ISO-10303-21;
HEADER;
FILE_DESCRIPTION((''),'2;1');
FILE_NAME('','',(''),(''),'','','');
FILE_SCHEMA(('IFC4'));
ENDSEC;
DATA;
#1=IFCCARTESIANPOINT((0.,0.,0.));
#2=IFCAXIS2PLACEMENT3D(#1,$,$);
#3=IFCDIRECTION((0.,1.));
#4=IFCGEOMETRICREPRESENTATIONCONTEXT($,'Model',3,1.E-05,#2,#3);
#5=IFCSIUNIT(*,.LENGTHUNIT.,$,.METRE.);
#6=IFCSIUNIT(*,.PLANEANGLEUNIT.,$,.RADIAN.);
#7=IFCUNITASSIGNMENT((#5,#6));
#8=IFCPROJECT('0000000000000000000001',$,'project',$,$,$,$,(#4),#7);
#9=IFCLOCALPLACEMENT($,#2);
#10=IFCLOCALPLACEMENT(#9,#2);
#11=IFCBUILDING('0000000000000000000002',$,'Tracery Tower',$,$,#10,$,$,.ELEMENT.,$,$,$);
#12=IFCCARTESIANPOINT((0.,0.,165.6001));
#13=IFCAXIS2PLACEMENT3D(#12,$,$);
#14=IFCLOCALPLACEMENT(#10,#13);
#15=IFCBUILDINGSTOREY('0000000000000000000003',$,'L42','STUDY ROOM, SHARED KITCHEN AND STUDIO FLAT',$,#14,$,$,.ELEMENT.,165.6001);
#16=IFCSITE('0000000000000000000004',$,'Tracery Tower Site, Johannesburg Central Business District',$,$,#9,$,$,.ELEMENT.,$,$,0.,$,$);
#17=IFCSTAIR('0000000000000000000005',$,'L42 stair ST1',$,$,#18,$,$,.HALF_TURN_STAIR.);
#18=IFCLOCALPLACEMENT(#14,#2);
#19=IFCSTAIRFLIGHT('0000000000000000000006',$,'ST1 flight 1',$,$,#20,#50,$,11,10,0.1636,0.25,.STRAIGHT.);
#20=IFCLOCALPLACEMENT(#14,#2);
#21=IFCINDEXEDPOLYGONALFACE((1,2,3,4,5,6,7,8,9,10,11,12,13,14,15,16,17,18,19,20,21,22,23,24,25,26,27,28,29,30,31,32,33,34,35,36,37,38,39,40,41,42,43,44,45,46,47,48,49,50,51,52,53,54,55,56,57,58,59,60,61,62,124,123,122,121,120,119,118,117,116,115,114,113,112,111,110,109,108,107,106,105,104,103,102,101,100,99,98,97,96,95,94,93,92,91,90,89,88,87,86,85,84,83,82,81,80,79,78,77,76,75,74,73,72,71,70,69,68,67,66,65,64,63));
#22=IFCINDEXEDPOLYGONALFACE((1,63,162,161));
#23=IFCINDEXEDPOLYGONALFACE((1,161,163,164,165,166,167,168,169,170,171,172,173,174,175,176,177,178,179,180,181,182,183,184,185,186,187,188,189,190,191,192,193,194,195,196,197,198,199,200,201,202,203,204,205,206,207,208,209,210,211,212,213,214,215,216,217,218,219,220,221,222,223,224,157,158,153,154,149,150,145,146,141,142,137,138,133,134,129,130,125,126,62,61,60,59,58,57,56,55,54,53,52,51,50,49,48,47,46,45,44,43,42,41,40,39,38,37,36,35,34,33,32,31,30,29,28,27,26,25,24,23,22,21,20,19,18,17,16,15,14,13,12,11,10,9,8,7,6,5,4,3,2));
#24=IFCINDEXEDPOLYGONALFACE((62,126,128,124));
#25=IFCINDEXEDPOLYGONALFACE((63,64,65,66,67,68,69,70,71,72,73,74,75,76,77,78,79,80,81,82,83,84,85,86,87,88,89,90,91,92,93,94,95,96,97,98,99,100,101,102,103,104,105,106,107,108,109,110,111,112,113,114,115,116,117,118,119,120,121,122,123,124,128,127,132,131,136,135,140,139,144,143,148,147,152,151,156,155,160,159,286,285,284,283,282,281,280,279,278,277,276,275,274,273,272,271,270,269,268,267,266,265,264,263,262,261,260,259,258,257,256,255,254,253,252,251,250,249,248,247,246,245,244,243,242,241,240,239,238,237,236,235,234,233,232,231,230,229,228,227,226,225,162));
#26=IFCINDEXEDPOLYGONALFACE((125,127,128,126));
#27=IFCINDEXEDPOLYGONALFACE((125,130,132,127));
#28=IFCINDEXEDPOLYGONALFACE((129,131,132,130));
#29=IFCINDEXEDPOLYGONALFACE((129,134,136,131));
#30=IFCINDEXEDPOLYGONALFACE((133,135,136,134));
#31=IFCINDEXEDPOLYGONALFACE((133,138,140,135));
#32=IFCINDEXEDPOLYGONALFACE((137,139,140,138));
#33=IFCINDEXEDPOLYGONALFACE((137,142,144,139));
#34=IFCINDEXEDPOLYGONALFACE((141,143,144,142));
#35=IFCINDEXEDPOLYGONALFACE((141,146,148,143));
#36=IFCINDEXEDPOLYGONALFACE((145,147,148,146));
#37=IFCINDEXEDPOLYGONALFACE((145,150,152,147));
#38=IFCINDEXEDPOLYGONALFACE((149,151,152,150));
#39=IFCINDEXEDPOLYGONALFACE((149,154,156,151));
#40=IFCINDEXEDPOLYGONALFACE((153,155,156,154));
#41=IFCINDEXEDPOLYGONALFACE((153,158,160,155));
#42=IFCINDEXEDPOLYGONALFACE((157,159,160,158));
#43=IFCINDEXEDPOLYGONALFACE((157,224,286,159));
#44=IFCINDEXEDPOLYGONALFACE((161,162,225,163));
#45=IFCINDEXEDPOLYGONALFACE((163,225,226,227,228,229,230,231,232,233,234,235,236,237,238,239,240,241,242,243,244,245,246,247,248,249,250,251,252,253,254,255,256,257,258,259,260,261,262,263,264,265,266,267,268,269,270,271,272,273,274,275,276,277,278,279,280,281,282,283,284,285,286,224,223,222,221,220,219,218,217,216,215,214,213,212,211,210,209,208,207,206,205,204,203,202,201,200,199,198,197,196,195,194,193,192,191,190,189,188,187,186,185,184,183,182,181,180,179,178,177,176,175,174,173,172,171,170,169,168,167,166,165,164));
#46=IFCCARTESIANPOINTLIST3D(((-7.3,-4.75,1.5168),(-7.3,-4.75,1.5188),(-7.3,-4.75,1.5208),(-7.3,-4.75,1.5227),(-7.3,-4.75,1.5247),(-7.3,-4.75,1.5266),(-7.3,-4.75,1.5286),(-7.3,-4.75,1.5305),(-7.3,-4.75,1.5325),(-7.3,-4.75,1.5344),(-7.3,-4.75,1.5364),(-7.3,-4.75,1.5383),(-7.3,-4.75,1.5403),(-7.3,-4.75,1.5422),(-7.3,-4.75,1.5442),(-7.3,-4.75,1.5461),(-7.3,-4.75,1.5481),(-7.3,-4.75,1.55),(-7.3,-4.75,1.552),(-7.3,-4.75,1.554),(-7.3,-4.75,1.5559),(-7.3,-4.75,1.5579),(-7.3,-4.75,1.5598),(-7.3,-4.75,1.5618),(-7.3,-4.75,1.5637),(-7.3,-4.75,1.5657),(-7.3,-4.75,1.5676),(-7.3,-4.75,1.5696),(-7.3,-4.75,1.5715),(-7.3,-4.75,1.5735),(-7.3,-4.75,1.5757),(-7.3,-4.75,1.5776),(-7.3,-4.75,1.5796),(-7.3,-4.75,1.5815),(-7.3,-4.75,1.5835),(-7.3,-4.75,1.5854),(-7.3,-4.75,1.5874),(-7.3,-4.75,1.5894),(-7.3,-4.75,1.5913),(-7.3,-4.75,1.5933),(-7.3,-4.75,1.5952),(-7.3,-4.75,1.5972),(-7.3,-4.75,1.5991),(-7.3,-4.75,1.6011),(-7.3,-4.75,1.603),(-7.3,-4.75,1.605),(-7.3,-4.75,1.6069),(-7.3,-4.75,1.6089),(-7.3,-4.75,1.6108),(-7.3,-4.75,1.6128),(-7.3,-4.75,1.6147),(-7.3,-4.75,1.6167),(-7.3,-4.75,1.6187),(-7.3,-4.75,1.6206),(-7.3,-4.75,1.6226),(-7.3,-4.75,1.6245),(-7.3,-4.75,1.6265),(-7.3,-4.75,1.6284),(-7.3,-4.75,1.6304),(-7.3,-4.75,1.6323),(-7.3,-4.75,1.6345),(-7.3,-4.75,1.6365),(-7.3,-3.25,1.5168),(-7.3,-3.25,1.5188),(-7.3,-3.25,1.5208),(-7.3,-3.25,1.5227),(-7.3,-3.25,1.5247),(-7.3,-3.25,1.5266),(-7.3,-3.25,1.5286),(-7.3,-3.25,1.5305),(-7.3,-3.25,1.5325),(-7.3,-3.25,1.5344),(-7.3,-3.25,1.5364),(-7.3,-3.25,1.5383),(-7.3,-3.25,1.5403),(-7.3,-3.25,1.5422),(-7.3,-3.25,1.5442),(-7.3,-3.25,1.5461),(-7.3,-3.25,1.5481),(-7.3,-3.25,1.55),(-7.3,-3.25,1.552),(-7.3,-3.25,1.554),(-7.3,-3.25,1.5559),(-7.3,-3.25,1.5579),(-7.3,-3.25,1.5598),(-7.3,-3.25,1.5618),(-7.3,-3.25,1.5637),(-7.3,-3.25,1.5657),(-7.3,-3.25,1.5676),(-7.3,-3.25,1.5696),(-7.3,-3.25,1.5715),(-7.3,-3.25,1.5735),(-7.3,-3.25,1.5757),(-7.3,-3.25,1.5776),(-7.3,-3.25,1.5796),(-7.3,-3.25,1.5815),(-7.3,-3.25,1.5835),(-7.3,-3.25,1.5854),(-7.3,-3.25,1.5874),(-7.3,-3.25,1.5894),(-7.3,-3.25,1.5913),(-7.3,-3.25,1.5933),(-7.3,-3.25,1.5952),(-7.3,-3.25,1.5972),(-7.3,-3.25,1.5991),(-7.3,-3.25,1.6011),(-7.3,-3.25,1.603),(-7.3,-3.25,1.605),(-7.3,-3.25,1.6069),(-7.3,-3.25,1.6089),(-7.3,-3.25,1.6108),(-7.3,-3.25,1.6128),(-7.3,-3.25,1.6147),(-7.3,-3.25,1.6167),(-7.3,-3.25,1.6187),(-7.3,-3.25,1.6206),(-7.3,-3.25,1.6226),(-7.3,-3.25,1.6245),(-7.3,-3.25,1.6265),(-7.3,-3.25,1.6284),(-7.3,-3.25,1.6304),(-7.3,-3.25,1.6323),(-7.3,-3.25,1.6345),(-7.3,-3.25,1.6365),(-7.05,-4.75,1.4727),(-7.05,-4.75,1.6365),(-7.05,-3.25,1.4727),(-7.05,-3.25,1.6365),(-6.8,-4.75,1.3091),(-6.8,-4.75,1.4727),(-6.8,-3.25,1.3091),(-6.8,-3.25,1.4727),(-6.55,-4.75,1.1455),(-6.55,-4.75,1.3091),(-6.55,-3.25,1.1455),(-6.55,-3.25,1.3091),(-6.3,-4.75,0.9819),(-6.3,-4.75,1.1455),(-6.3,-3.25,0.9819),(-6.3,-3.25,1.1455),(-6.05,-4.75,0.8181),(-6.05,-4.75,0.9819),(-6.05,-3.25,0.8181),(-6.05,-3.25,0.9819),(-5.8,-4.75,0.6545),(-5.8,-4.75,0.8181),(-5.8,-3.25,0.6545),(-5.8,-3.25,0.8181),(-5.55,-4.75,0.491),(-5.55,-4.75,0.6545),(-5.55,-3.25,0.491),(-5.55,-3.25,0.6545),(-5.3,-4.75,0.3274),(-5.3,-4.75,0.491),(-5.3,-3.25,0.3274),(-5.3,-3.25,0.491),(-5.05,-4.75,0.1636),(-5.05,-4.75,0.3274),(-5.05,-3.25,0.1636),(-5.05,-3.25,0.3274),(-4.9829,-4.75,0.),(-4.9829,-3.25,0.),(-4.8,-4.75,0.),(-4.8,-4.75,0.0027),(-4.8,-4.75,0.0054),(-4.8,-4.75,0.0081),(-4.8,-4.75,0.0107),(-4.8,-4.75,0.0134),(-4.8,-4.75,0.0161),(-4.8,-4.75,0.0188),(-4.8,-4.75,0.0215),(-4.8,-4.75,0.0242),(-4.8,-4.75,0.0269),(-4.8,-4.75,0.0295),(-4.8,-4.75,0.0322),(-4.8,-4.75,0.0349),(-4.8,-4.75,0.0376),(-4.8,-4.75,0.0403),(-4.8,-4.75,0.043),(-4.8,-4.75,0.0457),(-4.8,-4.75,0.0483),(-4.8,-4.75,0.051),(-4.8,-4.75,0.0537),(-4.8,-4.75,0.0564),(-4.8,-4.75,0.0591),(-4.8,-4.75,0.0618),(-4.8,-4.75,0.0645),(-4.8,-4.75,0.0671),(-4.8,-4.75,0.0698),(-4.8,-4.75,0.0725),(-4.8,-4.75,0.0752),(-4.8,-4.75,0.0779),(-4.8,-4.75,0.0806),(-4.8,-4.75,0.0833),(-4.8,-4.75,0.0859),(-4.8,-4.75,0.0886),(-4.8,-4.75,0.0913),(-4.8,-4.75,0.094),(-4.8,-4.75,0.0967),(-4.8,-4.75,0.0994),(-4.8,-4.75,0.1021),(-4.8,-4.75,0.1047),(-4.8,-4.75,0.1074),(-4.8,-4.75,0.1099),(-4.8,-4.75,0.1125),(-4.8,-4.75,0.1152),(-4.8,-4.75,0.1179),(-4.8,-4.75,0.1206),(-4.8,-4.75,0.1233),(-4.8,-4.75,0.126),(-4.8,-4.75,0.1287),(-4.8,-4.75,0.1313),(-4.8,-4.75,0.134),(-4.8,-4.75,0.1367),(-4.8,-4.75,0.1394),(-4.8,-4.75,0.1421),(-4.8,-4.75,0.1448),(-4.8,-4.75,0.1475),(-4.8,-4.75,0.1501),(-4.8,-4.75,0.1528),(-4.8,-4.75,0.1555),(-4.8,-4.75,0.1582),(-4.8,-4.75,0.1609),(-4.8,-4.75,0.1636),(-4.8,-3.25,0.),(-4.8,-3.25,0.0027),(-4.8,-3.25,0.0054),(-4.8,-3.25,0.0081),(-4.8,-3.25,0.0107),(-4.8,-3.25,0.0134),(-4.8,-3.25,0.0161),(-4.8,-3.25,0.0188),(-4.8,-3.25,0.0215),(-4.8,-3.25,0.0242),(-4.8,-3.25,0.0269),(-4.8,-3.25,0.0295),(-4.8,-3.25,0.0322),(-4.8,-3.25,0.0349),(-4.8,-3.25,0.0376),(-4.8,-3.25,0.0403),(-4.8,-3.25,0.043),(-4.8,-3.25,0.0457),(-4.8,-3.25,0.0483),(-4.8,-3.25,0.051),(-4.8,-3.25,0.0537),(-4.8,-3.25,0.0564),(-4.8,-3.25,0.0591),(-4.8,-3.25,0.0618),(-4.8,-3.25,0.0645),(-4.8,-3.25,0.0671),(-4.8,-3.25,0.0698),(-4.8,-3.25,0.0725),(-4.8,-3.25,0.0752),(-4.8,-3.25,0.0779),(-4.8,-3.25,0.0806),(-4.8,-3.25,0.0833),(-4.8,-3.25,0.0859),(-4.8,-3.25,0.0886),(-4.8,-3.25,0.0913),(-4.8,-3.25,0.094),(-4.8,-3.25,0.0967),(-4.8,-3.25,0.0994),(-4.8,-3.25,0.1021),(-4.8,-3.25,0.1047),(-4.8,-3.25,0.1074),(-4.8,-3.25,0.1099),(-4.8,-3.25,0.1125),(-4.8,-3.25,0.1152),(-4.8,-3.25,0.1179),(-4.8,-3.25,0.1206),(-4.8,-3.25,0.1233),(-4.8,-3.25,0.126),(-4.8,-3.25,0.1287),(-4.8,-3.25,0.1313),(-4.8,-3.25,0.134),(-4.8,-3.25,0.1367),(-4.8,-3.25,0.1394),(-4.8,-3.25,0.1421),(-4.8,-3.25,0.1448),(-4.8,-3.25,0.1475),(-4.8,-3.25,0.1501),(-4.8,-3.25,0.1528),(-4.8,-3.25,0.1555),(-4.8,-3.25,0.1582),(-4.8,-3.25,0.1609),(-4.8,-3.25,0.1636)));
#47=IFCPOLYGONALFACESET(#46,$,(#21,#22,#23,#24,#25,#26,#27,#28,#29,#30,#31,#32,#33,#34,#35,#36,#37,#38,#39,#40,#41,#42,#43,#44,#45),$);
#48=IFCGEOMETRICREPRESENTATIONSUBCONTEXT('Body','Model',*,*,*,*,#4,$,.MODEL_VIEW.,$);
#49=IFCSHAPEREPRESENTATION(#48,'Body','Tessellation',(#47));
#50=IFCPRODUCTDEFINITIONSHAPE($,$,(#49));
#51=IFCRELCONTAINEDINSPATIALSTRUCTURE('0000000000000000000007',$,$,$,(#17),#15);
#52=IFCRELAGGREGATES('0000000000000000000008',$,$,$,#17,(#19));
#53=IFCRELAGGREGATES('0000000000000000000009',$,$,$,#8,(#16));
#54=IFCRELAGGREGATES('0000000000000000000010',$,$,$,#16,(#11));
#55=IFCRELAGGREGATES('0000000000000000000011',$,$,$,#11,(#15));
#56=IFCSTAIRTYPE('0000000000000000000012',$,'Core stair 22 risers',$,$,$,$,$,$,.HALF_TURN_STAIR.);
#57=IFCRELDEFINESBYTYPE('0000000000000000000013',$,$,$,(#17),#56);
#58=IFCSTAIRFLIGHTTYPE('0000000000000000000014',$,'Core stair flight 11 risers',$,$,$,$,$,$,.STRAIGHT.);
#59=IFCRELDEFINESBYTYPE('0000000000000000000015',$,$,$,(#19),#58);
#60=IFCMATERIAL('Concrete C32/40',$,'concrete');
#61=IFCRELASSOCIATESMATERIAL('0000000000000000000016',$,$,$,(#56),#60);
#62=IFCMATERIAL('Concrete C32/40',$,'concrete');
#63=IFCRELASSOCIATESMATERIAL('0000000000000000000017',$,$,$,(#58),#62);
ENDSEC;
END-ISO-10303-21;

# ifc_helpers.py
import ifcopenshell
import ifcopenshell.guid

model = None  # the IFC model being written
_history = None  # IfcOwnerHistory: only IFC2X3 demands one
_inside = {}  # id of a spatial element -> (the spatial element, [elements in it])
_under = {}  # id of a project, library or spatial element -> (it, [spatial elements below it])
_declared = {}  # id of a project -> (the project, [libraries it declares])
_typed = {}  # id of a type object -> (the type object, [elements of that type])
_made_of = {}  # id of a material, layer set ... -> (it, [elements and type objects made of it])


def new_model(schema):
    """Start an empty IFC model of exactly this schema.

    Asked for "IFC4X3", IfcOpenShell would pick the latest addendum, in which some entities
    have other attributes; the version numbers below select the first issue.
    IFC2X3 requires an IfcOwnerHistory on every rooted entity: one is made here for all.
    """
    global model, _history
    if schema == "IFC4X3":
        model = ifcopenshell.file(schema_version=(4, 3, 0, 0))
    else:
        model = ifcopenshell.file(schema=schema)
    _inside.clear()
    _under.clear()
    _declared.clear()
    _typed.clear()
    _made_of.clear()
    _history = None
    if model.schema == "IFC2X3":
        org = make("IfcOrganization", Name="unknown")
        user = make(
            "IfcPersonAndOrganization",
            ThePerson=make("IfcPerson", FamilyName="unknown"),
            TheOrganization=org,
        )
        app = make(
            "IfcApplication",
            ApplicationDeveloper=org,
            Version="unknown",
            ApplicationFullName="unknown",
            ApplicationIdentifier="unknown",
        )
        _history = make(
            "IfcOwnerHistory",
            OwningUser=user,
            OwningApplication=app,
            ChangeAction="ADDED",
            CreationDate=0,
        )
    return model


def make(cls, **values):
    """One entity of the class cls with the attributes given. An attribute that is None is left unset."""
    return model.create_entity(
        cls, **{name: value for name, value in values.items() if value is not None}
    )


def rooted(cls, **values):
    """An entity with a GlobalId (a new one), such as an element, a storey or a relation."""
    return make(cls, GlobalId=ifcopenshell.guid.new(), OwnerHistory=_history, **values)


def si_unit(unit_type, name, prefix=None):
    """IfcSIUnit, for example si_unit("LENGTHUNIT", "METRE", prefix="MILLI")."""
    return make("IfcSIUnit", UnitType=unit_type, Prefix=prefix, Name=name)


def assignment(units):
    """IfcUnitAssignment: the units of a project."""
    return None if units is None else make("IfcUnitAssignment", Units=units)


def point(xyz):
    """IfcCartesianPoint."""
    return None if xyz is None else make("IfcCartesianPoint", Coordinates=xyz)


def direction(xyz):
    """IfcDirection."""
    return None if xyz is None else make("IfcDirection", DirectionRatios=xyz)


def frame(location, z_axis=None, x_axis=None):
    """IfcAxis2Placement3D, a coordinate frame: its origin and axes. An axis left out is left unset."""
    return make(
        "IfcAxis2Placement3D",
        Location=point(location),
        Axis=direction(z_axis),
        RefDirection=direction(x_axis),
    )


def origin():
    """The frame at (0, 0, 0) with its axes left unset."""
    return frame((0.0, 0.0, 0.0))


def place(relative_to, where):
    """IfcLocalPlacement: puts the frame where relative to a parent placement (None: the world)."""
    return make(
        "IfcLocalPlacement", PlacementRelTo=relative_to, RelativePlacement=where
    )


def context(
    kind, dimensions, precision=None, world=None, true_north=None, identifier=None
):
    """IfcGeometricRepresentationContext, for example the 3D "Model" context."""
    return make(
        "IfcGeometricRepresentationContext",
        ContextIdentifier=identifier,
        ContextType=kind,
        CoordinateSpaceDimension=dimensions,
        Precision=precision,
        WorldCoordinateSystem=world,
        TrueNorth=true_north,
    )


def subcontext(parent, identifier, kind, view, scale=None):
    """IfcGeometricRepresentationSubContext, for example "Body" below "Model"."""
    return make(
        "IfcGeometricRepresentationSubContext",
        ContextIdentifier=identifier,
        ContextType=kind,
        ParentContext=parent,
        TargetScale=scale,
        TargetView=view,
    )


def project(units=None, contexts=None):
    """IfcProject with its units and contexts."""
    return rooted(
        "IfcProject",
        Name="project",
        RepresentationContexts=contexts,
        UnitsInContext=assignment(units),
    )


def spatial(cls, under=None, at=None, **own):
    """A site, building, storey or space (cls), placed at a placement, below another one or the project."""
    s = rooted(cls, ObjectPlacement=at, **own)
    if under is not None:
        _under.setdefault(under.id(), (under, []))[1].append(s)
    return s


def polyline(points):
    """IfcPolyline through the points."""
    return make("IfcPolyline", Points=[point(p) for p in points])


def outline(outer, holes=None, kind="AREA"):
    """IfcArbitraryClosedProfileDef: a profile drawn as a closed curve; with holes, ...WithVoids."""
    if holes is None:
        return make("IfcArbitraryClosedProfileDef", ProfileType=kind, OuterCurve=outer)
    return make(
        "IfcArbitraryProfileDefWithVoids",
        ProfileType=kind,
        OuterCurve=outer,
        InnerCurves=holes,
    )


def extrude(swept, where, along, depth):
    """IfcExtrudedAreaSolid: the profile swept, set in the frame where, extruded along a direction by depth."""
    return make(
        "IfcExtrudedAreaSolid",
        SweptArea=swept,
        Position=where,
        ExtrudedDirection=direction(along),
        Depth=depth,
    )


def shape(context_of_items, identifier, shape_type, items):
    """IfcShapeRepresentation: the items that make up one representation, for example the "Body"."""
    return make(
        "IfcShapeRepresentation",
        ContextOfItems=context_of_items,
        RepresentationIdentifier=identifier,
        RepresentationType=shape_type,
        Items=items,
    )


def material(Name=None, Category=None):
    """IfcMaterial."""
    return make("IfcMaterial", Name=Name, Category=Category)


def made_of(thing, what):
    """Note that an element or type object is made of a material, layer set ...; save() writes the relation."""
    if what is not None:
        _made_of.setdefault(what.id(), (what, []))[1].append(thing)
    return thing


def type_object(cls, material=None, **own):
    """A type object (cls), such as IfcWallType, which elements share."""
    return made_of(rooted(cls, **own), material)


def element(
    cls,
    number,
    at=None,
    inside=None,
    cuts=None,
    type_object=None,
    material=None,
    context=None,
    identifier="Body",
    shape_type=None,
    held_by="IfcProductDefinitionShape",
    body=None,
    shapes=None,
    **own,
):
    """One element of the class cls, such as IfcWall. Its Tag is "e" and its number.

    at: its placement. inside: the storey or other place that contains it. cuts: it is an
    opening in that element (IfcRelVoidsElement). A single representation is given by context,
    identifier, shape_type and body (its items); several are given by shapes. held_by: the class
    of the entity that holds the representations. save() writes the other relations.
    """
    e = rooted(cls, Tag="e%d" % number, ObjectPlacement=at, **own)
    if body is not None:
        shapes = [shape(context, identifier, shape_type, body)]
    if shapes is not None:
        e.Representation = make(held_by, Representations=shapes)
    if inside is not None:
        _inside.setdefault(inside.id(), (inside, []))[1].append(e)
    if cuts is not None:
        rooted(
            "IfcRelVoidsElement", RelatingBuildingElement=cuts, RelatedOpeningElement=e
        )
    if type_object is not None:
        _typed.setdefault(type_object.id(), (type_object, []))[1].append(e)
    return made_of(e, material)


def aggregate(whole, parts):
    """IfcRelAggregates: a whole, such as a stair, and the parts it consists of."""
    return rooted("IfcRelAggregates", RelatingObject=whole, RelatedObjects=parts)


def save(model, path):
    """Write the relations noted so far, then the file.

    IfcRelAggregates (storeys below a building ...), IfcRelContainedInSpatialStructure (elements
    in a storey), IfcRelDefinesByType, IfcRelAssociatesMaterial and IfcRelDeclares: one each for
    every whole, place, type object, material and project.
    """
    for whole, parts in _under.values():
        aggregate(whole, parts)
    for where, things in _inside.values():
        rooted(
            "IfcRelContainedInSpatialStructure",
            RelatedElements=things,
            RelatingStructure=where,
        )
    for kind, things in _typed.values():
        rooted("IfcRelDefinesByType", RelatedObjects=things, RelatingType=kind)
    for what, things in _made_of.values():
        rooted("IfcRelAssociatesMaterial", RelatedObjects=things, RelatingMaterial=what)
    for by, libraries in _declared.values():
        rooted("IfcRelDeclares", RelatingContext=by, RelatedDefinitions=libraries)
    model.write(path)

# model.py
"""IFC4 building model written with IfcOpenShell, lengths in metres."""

from ifc_helpers import new_model, si_unit, direction, frame, origin, place, context, subcontext, project, spatial, polyline, outline, extrude, material, type_object, element, aggregate, save


model = new_model("IFC4")

# Units and contexts
model_context = context("Model", 3, precision=1e-05, world=origin(), true_north=direction((0.0, 1.0)))
body_context = subcontext(model_context, "Body", "Model", "MODEL_VIEW")
ifc_project = project(units=[si_unit("LENGTHUNIT", "METRE"), si_unit("PLANEANGLEUNIT", "RADIAN")], contexts=[model_context])

# Site, building, storey
site_placement = place(None, origin())
site = spatial("IfcSite", under=ifc_project, at=site_placement, Name="Tracery Tower Site, Johannesburg Central Business District", CompositionType="ELEMENT", RefElevation=0.0)
building_placement = place(site_placement, origin())
building = spatial("IfcBuilding", under=site, at=building_placement, Name="Tracery Tower", CompositionType="ELEMENT")
storey_placement = place(building_placement, frame((0.0, 0.0, 165.6001)))
storey = spatial("IfcBuildingStorey", under=building, at=storey_placement, Name="L42", Description="STUDY ROOM, SHARED KITCHEN AND STUDIO FLAT", CompositionType="ELEMENT", Elevation=165.6001)

# Stair, stair flight
ifc_material_1 = material(Name="Concrete C32/40", Category="concrete")
stair_type = type_object("IfcStairType", Name="Core stair 22 risers", PredefinedType="HALF_TURN_STAIR", material=ifc_material_1)
stair_placement = place(storey_placement, origin())
stair = element("IfcStair", 1, at=stair_placement, inside=storey, type_object=stair_type, Name="L42 stair ST1", PredefinedType="HALF_TURN_STAIR")
ifc_material_2 = material(Name="Concrete C32/40", Category="concrete")
stair_flight_type = type_object("IfcStairFlightType", Name="Core stair flight 11 risers", PredefinedType="STRAIGHT", material=ifc_material_2)
stair_flight_1_placement = place(storey_placement, frame((-4.8, -4.0, 0.0), z_axis=(0.0, 0.0, 1.0), x_axis=(-1.0, 0.0, 0.0)))
stair_flight_1 = element("IfcStairFlight", 2, at=stair_flight_1_placement, type_object=stair_flight_type, Name="ST1 flight 1", NumberOfRisers=11, NumberOfTreads=10, PredefinedType="STRAIGHT", RiserHeight=0.1636, TreadLength=0.25, context=body_context, shape_type="SweptSolid", body=[
    extrude(outline(polyline([(0.0, 0.0), (0.0, 0.0027), (0.0, 0.0054), (0.0, 0.0081), (0.0, 0.0107), (0.0, 0.0134), (0.0, 0.0161), (0.0, 0.0188), (0.0, 0.0215), (0.0, 0.0242), (0.0, 0.0269), (0.0, 0.0295), (0.0, 0.0322), (0.0, 0.0349), (0.0, 0.0376), (0.0, 0.0403), (0.0, 0.043), (0.0, 0.0457), (0.0, 0.0483), (0.0, 0.051), (0.0, 0.0537), (0.0, 0.0564), (0.0, 0.0591), (0.0, 0.0618), (0.0, 0.0645), (0.0, 0.0671), (0.0, 0.0698), (0.0, 0.0725), (0.0, 0.0752), (0.0, 0.0779), (0.0, 0.0806), (0.0, 0.0833), (0.0, 0.0859), (0.0, 0.0886), (0.0, 0.0913), (0.0, 0.094), (0.0, 0.0967), (0.0, 0.0994), (0.0, 0.1021), (0.0, 0.1047), (0.0, 0.1074), (0.0, 0.1099), (0.0, 0.1125), (0.0, 0.1152), (0.0, 0.1179), (0.0, 0.1206), (0.0, 0.1233), (0.0, 0.126), (0.0, 0.1287), (0.0, 0.1313), (0.0, 0.134), (0.0, 0.1367), (0.0, 0.1394), (0.0, 0.1421), (0.0, 0.1448), (0.0, 0.1475), (0.0, 0.1501), (0.0, 0.1528), (0.0, 0.1555), (0.0, 0.1582), (0.0, 0.1609), (0.0, 0.1636), (0.25, 0.1636), (0.25, 0.3274), (0.5, 0.3274), (0.5, 0.491), (0.75, 0.491), (0.75, 0.6545), (1.0, 0.6545), (1.0, 0.8181), (1.25, 0.8181), (1.25, 0.9819), (1.5, 0.9819), (1.5, 1.1455), (1.75, 1.1455), (1.75, 1.3091), (2.0, 1.3091), (2.0, 1.4727), (2.25, 1.4727), (2.25, 1.6365), (2.5, 1.6365), (2.5, 1.6345), (2.5, 1.6323), (2.5, 1.6304), (2.5, 1.6284), (2.5, 1.6265), (2.5, 1.6245), (2.5, 1.6226), (2.5, 1.6206), (2.5, 1.6187), (2.5, 1.6167), (2.5, 1.6147), (2.5, 1.6128), (2.5, 1.6108), (2.5, 1.6089), (2.5, 1.6069), (2.5, 1.605), (2.5, 1.603), (2.5, 1.6011), (2.5, 1.5991), (2.5, 1.5972), (2.5, 1.5952), (2.5, 1.5933), (2.5, 1.5913), (2.5, 1.5894), (2.5, 1.5874), (2.5, 1.5854), (2.5, 1.5835), (2.5, 1.5815), (2.5, 1.5796), (2.5, 1.5776), (2.5, 1.5757), (2.5, 1.5735), (2.5, 1.5715), (2.5, 1.5696), (2.5, 1.5676), (2.5, 1.5657), (2.5, 1.5637), (2.5, 1.5618), (2.5, 1.5598), (2.5, 1.5579), (2.5, 1.5559), (2.5, 1.554), (2.5, 1.552), (2.5, 1.55), (2.5, 1.5481), (2.5, 1.5461), (2.5, 1.5442), (2.5, 1.5422), (2.5, 1.5403), (2.5, 1.5383), (2.5, 1.5364), (2.5, 1.5344), (2.5, 1.5325), (2.5, 1.5305), (2.5, 1.5286), (2.5, 1.5266), (2.5, 1.5247), (2.5, 1.5227), (2.5, 1.5208), (2.5, 1.5188), (2.5, 1.5168), (0.1829, 0.0), (0.0, 0.0)])), frame((0.0, 0.75, 0.0), z_axis=(0.0, -1.0, 0.0), x_axis=(1.0, 0.0, 0.0)), (0.0, 0.0, 1.0), 1.5),
])
aggregate(stair, [stair_flight_1])

save(model, "model.ifc")
